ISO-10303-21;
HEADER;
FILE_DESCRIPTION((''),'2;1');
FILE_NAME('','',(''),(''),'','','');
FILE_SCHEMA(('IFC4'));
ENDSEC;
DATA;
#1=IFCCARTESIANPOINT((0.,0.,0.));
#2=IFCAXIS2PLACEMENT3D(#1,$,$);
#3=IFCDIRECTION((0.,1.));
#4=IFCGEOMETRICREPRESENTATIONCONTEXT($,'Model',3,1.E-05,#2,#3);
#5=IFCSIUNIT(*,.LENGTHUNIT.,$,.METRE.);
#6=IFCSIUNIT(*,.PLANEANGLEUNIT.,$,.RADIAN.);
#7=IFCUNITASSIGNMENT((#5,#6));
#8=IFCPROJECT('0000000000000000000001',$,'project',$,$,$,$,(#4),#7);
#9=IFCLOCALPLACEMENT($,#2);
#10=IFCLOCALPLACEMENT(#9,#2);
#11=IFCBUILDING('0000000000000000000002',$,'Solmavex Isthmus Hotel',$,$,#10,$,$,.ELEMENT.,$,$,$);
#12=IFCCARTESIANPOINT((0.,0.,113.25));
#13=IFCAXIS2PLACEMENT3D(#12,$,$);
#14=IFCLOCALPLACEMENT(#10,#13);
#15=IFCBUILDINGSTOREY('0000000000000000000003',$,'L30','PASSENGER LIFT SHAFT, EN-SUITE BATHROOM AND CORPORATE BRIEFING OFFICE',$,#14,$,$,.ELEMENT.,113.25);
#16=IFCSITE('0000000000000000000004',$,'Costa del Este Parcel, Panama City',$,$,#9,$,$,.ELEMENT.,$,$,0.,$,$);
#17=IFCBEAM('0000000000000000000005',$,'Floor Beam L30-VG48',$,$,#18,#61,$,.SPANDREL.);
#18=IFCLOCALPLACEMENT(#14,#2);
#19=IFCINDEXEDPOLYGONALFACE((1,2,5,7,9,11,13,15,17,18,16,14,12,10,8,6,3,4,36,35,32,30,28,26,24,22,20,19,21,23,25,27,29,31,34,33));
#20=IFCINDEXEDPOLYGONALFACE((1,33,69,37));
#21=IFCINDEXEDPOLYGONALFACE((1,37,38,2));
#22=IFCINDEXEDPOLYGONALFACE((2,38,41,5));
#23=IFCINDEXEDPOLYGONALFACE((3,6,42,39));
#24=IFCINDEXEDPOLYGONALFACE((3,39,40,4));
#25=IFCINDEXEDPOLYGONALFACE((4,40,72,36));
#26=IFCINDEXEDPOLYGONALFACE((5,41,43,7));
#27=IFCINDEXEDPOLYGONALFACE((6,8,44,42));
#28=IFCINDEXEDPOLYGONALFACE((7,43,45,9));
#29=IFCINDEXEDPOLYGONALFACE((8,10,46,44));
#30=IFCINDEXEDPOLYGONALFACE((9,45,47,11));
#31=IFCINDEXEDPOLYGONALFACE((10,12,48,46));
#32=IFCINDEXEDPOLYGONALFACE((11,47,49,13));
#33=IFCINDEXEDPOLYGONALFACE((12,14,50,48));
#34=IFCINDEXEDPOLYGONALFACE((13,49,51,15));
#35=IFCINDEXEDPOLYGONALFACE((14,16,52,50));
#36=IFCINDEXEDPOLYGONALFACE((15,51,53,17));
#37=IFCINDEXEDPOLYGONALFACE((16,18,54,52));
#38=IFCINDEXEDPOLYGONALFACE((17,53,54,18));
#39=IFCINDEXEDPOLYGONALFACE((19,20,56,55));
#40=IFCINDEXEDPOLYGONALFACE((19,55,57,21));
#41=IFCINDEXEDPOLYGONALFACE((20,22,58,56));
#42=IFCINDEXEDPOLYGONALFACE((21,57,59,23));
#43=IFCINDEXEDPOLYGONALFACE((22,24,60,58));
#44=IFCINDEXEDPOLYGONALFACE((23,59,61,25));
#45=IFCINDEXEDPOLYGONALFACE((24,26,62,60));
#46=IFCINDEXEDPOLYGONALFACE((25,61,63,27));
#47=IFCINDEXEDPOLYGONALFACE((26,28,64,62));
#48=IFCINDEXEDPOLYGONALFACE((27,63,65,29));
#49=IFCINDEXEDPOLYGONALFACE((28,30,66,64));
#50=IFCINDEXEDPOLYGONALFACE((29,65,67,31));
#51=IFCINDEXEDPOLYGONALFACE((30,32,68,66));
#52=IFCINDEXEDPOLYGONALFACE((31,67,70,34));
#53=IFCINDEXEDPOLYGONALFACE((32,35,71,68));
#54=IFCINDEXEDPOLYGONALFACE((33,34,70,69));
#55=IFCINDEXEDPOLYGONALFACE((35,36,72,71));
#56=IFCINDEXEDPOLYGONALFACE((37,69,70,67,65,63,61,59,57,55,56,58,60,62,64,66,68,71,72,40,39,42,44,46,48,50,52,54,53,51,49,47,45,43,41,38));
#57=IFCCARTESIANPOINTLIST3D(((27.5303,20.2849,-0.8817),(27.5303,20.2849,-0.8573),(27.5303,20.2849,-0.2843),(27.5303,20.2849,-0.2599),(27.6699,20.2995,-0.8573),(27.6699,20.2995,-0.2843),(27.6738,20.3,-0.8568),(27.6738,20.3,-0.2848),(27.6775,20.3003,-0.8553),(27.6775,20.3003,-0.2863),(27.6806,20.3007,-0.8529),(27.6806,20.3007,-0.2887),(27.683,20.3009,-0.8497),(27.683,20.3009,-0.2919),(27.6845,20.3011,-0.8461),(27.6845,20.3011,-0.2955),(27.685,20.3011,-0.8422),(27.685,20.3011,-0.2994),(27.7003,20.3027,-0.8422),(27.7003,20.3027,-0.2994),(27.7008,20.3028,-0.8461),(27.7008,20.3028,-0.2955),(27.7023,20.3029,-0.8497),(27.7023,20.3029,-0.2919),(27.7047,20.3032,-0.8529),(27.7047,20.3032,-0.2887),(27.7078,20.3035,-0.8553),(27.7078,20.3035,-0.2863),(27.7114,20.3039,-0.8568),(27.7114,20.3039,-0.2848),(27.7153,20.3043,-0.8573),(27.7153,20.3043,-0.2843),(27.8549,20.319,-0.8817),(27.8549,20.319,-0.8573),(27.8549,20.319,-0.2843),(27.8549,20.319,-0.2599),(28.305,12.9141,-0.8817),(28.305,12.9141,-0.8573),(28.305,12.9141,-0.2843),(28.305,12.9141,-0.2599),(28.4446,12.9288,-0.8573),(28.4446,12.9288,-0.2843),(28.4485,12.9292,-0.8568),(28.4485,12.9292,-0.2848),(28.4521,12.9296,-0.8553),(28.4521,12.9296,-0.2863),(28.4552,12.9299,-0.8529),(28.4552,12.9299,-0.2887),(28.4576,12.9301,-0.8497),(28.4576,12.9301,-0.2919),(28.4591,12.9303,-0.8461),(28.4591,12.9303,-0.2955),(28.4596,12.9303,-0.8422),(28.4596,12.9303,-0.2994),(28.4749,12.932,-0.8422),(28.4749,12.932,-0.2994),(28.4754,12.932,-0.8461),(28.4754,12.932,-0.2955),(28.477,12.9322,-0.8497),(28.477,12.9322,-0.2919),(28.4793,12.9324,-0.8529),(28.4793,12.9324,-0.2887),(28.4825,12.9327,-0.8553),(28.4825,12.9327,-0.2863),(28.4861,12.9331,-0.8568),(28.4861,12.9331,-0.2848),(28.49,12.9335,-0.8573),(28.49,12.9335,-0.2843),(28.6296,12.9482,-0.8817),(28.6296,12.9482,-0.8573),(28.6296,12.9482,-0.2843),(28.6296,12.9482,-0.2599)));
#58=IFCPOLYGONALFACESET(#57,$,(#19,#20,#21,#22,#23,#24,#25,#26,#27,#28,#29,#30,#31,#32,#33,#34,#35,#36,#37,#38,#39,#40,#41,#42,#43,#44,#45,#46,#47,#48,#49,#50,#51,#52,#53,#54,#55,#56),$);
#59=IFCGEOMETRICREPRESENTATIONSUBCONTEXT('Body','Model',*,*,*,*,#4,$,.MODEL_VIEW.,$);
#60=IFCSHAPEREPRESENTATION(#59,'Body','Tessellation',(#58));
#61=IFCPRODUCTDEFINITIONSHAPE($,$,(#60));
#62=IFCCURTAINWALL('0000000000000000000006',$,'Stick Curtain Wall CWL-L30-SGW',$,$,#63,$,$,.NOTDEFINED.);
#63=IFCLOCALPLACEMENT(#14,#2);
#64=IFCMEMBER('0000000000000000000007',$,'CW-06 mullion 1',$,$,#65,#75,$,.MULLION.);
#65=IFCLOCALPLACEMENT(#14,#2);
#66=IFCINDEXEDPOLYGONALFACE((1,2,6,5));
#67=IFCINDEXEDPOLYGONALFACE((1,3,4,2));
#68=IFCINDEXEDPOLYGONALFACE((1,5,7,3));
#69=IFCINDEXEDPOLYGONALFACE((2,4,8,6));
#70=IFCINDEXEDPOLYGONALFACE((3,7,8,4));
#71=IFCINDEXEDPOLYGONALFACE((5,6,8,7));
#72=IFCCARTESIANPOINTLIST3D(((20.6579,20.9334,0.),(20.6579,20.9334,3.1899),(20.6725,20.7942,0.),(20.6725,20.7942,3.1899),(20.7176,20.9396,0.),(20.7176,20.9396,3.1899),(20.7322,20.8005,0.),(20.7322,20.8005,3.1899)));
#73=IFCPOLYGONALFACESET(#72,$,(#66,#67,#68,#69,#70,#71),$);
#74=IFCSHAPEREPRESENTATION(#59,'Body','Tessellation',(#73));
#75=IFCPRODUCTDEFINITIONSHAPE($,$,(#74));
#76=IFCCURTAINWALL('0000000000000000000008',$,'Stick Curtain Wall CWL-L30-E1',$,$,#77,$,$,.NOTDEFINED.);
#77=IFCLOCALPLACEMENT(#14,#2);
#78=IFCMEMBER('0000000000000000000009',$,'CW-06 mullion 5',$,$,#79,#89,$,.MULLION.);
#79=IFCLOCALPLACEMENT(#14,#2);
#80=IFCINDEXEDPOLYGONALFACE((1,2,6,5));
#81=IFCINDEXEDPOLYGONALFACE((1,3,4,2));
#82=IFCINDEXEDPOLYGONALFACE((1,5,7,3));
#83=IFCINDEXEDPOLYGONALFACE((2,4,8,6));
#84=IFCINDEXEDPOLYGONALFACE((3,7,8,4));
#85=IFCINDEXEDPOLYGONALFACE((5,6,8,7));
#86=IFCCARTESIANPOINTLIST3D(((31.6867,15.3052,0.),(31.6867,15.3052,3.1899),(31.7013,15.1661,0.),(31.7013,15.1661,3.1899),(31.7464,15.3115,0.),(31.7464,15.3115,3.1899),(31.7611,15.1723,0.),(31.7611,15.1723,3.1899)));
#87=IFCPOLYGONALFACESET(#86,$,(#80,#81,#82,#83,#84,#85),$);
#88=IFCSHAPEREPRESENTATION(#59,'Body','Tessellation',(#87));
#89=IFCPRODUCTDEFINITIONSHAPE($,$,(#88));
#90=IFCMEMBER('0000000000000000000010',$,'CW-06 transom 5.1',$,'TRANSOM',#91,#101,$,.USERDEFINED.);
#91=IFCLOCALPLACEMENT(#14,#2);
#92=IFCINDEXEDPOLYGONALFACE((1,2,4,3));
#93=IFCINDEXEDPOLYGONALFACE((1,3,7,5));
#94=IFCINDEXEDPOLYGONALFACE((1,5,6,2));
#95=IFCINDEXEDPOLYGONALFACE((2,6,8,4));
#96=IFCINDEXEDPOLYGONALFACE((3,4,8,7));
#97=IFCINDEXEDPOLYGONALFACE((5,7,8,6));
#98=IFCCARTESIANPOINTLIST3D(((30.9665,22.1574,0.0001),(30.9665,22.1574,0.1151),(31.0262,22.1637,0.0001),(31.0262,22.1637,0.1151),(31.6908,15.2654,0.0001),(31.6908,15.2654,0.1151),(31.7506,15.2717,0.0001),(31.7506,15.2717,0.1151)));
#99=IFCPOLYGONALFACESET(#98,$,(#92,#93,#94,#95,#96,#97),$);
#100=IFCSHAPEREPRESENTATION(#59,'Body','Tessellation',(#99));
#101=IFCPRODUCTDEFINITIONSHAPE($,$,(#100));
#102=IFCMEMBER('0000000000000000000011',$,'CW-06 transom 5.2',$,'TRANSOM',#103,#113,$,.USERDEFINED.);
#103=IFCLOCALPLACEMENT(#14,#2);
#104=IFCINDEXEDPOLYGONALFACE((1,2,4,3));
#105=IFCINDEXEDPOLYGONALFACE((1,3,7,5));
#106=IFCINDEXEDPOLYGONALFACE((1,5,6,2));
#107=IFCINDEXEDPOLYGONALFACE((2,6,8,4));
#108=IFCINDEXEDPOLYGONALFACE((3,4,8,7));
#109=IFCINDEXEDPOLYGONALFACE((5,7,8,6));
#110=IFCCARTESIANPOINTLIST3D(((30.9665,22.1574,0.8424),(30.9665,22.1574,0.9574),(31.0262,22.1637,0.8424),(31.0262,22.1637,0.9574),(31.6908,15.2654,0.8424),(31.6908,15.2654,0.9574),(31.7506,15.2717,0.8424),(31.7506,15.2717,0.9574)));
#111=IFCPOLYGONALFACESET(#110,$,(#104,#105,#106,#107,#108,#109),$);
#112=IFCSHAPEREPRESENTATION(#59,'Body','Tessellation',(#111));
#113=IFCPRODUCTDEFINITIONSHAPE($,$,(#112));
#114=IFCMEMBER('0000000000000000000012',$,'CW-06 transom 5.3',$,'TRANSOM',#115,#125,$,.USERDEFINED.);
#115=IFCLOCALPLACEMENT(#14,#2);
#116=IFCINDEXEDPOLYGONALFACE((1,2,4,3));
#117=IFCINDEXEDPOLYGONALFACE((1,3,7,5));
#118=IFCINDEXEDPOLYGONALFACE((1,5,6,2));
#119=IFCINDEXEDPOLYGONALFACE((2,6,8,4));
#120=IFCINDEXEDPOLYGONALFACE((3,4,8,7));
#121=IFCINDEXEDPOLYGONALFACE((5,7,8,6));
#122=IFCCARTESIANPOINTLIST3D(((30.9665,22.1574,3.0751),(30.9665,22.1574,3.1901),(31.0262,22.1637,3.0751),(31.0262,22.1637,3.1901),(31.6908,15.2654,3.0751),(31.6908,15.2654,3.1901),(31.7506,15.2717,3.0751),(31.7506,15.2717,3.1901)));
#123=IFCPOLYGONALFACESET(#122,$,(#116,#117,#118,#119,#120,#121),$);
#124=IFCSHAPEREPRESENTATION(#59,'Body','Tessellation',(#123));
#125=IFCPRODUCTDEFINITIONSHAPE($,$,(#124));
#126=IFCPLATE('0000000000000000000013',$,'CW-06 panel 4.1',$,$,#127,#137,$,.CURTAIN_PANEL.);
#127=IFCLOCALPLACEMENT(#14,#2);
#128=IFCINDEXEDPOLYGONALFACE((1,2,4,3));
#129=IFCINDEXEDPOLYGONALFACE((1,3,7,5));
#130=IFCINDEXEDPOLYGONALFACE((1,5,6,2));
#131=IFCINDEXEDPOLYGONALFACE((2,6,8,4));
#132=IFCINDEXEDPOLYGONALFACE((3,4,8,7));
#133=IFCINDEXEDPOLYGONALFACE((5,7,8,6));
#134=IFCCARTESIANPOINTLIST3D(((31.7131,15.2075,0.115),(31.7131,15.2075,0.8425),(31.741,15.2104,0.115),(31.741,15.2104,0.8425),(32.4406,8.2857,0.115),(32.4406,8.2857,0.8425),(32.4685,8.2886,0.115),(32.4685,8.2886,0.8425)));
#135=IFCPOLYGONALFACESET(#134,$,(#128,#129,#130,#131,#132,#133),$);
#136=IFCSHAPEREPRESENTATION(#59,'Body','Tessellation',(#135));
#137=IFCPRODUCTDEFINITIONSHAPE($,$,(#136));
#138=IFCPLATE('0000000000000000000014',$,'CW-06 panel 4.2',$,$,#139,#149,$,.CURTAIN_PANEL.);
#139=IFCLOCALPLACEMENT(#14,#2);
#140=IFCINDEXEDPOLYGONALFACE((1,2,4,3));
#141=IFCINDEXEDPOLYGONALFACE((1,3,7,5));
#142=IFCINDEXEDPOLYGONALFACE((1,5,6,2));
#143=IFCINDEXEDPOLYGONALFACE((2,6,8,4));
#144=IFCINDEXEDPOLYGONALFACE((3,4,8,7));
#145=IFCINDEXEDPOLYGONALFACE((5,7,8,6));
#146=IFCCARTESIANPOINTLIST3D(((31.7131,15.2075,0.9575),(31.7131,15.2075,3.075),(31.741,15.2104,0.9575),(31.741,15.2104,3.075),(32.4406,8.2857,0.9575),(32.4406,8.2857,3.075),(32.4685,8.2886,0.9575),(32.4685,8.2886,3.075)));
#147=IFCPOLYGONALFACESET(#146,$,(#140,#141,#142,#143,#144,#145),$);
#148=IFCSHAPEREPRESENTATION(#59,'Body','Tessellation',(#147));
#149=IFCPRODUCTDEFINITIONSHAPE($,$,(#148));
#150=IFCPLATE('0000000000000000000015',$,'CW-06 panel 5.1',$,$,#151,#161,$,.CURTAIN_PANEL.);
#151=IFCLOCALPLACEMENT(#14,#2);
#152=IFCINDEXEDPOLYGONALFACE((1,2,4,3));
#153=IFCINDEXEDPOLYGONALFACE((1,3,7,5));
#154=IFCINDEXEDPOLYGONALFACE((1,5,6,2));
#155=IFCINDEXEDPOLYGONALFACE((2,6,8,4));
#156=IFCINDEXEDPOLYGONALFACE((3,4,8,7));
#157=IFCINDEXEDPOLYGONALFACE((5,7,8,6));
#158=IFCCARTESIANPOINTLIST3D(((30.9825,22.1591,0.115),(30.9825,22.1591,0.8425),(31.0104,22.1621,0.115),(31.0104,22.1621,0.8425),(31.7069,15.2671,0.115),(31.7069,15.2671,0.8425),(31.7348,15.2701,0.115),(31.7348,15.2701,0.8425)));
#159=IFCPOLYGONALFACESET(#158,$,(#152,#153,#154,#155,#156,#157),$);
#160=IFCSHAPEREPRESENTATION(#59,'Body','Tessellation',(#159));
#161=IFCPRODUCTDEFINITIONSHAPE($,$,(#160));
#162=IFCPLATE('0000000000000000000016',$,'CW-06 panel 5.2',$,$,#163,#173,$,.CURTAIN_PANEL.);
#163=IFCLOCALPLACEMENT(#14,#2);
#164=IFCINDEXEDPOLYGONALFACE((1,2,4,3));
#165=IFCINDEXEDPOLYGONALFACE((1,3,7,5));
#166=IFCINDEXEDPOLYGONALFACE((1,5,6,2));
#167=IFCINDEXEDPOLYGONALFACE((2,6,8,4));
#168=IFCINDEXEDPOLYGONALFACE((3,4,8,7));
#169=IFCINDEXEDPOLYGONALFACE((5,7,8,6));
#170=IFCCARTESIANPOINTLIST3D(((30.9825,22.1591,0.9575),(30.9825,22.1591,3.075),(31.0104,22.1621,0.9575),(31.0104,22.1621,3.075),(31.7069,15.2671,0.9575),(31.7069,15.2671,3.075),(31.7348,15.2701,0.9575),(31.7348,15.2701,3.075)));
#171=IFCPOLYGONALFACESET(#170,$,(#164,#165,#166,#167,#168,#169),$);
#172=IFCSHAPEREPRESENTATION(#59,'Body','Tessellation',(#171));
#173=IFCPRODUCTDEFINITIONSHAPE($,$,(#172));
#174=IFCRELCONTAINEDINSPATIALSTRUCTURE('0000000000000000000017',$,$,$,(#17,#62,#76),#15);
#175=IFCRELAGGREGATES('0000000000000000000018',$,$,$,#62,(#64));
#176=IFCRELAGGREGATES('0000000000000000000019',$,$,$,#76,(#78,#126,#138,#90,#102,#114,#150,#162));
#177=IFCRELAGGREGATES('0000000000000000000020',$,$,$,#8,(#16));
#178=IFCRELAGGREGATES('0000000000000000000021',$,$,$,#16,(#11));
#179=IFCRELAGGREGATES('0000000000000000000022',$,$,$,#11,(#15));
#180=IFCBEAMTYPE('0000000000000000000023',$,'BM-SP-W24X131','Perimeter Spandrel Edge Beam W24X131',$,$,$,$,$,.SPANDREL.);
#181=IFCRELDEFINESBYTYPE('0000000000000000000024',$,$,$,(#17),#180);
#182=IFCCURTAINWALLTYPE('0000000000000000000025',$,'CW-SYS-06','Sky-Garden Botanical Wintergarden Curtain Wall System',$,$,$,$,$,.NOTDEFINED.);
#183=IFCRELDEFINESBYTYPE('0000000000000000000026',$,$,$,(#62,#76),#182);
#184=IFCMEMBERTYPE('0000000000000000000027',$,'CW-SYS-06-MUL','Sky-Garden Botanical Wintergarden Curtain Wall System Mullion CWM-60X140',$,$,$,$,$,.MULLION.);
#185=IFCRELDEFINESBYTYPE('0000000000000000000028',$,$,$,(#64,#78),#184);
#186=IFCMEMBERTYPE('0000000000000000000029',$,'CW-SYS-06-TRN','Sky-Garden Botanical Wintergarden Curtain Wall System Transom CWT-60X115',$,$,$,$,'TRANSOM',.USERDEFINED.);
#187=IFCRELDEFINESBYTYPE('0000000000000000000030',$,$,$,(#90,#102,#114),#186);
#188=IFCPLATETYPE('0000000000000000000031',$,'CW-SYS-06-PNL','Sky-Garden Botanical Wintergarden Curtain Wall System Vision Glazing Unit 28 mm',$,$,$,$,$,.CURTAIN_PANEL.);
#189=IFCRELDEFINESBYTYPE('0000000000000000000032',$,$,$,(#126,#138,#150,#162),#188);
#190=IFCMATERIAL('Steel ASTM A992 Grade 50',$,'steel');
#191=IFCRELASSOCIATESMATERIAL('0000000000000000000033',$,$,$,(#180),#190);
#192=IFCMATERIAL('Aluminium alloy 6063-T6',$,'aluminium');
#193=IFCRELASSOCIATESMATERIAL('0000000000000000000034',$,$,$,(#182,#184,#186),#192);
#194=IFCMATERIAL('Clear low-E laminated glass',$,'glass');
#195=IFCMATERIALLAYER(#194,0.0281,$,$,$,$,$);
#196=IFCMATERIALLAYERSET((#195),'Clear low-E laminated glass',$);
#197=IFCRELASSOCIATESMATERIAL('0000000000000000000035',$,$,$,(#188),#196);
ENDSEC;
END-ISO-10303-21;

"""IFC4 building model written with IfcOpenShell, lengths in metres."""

from ifc_helpers import new_model, si_unit, direction, frame, origin, origin_2d, place, context, subcontext, project, spatial, rectangle, i_section, extrude, material, layer, layer_set, material_profile, profile_set, type_object, element, aggregate, save


model = new_model("IFC4")

# Units and contexts
model_context = context("Model", 3, precision=1e-05, world=origin(), true_north=direction((0.0, 1.0)))
body_context = subcontext(model_context, "Body", "Model", "MODEL_VIEW")
ifc_project = project(units=[si_unit("LENGTHUNIT", "METRE"), si_unit("PLANEANGLEUNIT", "RADIAN")], contexts=[model_context])

# Site, building, storey
site_placement = place(None, origin())
site = spatial("IfcSite", under=ifc_project, at=site_placement, Name="Costa del Este Parcel, Panama City", CompositionType="ELEMENT", RefElevation=0.0)
building_placement = place(site_placement, origin())
building = spatial("IfcBuilding", under=site, at=building_placement, Name="Solmavex Isthmus Hotel", CompositionType="ELEMENT")
storey_placement = place(building_placement, frame((0.0, 0.0, 113.25)))
storey = spatial("IfcBuildingStorey", under=building, at=storey_placement, Name="L30", Description="PASSENGER LIFT SHAFT, EN-SUITE BATHROOM AND CORPORATE BRIEFING OFFICE", CompositionType="ELEMENT", Elevation=113.25)

# Beam
ifc_material_1 = material(Name="Steel ASTM A992 Grade 50", Category="steel")
ifc_material_profile_1 = material_profile(ifc_material_1, i_section(OverallWidth=0.3264, OverallDepth=0.6218, WebThickness=0.0154, FlangeThickness=0.0244, FilletRadius=0.0151, at=origin_2d()), Name="W24X131")
ifc_profile_set_1 = profile_set([ifc_material_profile_1], Name="Steel ASTM A992 Grade 50")
beam_type_1 = type_object("IfcBeamType", Name="BM-SP-W24X131", Description="Perimeter Spandrel Edge Beam W24X131", PredefinedType="SPANDREL", material=ifc_profile_set_1)
beam_1_placement = place(storey_placement, frame((28.4673, 12.9312, -0.5708), z_axis=(-0.104522, 0.994523, 0.0), x_axis=(-0.994523, -0.104522, 0.0)))
element("IfcBeam", 1, at=beam_1_placement, inside=storey, type_object=beam_type_1, Name="Floor Beam L30-VG48", PredefinedType="SPANDREL", context=body_context, shape_type="SweptSolid", body=[
    extrude(i_section(OverallWidth=0.3264, OverallDepth=0.6218, WebThickness=0.0154, FlangeThickness=0.0244, FilletRadius=0.0151, at=origin_2d()), origin(), (0.0, 0.0, 1.0), 7.4114),
])

# Curtain wall, member
ifc_material_2 = material(Name="Aluminium alloy 6063-T6", Category="aluminium")
curtain_wall_type = type_object("IfcCurtainWallType", Name="CW-SYS-06", Description="Sky-Garden Botanical Wintergarden Curtain Wall System", PredefinedType="NOTDEFINED", material=ifc_material_2)
curtain_wall_1_placement = place(storey_placement, origin())
curtain_wall_1 = element("IfcCurtainWall", 2, at=curtain_wall_1_placement, inside=storey, type_object=curtain_wall_type, Name="Stick Curtain Wall CWL-L30-SGW", PredefinedType="NOTDEFINED")
ifc_material_profile_2 = material_profile(ifc_material_2, rectangle(XDim=0.0601, YDim=0.1399, at=origin_2d()), Name="CWM-60X140")
ifc_profile_set_2 = profile_set([ifc_material_profile_2], Name="Aluminium alloy 6063-T6")
member_type_1 = type_object("IfcMemberType", Name="CW-SYS-06-MUL", Description="Sky-Garden Botanical Wintergarden Curtain Wall System Mullion CWM-60X140", PredefinedType="MULLION", material=ifc_profile_set_2)
member_1_placement = place(storey_placement, frame((20.6951, 20.8669, 0.0), z_axis=(0.0, 0.0, 1.0), x_axis=(-0.994522, -0.104528, 0.0)))
member_1 = element("IfcMember", 3, at=member_1_placement, type_object=member_type_1, Name="CW-06 mullion 1", PredefinedType="MULLION", context=body_context, shape_type="SweptSolid", body=[
    extrude(rectangle(XDim=0.0601, YDim=0.1399, at=origin_2d()), origin(), (0.0, 0.0, 1.0), 3.1899),
])
aggregate(curtain_wall_1, [member_1])

# Curtain wall, members, plates
curtain_wall_2_placement = place(storey_placement, origin())
curtain_wall_2 = element("IfcCurtainWall", 4, at=curtain_wall_2_placement, inside=storey, type_object=curtain_wall_type, Name="Stick Curtain Wall CWL-L30-E1", PredefinedType="NOTDEFINED")
member_2_placement = place(storey_placement, frame((31.7239, 15.2388, 0.0), z_axis=(0.0, 0.0, 1.0), x_axis=(-0.994522, -0.104528, 0.0)))
member_2 = element("IfcMember", 5, at=member_2_placement, type_object=member_type_1, Name="CW-06 mullion 5", PredefinedType="MULLION", context=body_context, shape_type="SweptSolid", body=[
    extrude(rectangle(XDim=0.0601, YDim=0.1399, at=origin_2d()), origin(), (0.0, 0.0, 1.0), 3.1899),
])
ifc_material_profile_3 = material_profile(ifc_material_2, rectangle(XDim=0.0601, YDim=0.115, at=origin_2d()), Name="CWT-60X115")
ifc_profile_set_3 = profile_set([ifc_material_profile_3], Name="Aluminium alloy 6063-T6")
member_type_2 = type_object("IfcMemberType", Name="CW-SYS-06-TRN", Description="Sky-Garden Botanical Wintergarden Curtain Wall System Transom CWT-60X115", ElementType="TRANSOM", PredefinedType="USERDEFINED", material=ifc_profile_set_3)
member_3_placement = place(storey_placement, frame((31.7207, 15.2686, 0.0576), z_axis=(-0.104525, 0.994522, 0.0), x_axis=(-0.994522, -0.104525, 0.0)))
member_3 = element("IfcMember", 6, at=member_3_placement, type_object=member_type_2, Name="CW-06 transom 5.1", ObjectType="TRANSOM", PredefinedType="USERDEFINED", context=body_context, shape_type="SweptSolid", body=[
    extrude(rectangle(XDim=0.0601, YDim=0.115, at=origin_2d()), origin(), (0.0, 0.0, 1.0), 6.9299),
])
member_4_placement = place(storey_placement, frame((31.7207, 15.2686, 0.8999), z_axis=(-0.104525, 0.994522, 0.0), x_axis=(-0.994522, -0.104525, 0.0)))
member_4 = element("IfcMember", 7, at=member_4_placement, type_object=member_type_2, Name="CW-06 transom 5.2", ObjectType="TRANSOM", PredefinedType="USERDEFINED", context=body_context, shape_type="SweptSolid", body=[
    extrude(rectangle(XDim=0.0601, YDim=0.115, at=origin_2d()), origin(), (0.0, 0.0, 1.0), 6.9299),
])
member_5_placement = place(storey_placement, frame((31.7207, 15.2686, 3.1326), z_axis=(-0.104525, 0.994522, 0.0), x_axis=(-0.994522, -0.104525, 0.0)))
member_5 = element("IfcMember", 8, at=member_5_placement, type_object=member_type_2, Name="CW-06 transom 5.3", ObjectType="TRANSOM", PredefinedType="USERDEFINED", context=body_context, shape_type="SweptSolid", body=[
    extrude(rectangle(XDim=0.0601, YDim=0.115, at=origin_2d()), origin(), (0.0, 0.0, 1.0), 6.9299),
])
ifc_material_3 = material(Name="Clear low-E laminated glass", Category="glass")
ifc_layer_1 = layer(ifc_material_3, 0.0281)
ifc_layer_set_1 = layer_set([ifc_layer_1], Name="Clear low-E laminated glass")
plate_type = type_object("IfcPlateType", Name="CW-SYS-06-PNL", Description="Sky-Garden Botanical Wintergarden Curtain Wall System Vision Glazing Unit 28 mm", PredefinedType="CURTAIN_PANEL", material=ifc_layer_set_1)
plate_1_placement = place(storey_placement, frame((32.0908, 11.748, 0.115), z_axis=(0.0, 0.0, 1.0), x_axis=(-0.104528, 0.994522, 0.0)))
plate_1 = element("IfcPlate", 9, at=plate_1_placement, type_object=plate_type, Name="CW-06 panel 4.1", PredefinedType="CURTAIN_PANEL", context=body_context, shape_type="SweptSolid", body=[
    extrude(rectangle(XDim=6.96, YDim=0.0281, at=origin_2d()), origin(), (0.0, 0.0, 1.0), 0.7275),
])
plate_2_placement = place(storey_placement, frame((32.0908, 11.748, 0.9575), z_axis=(0.0, 0.0, 1.0), x_axis=(-0.104528, 0.994522, 0.0)))
plate_2 = element("IfcPlate", 10, at=plate_2_placement, type_object=plate_type, Name="CW-06 panel 4.2", PredefinedType="CURTAIN_PANEL", context=body_context, shape_type="SweptSolid", body=[
    extrude(rectangle(XDim=6.96, YDim=0.0281, at=origin_2d()), origin(), (0.0, 0.0, 1.0), 2.1174),
])
plate_3_placement = place(storey_placement, frame((31.3586, 18.7146, 0.115), z_axis=(0.0, 0.0, 1.0), x_axis=(-0.104528, 0.994522, 0.0)))
plate_3 = element("IfcPlate", 11, at=plate_3_placement, type_object=plate_type, Name="CW-06 panel 5.1", PredefinedType="CURTAIN_PANEL", context=body_context, shape_type="SweptSolid", body=[
    extrude(rectangle(XDim=6.9299, YDim=0.0281, at=origin_2d()), origin(), (0.0, 0.0, 1.0), 0.7275),
])
plate_4_placement = place(storey_placement, frame((31.3586, 18.7146, 0.9575), z_axis=(0.0, 0.0, 1.0), x_axis=(-0.104528, 0.994522, 0.0)))
plate_4 = element("IfcPlate", 12, at=plate_4_placement, type_object=plate_type, Name="CW-06 panel 5.2", PredefinedType="CURTAIN_PANEL", context=body_context, shape_type="SweptSolid", body=[
    extrude(rectangle(XDim=6.9299, YDim=0.0281, at=origin_2d()), origin(), (0.0, 0.0, 1.0), 2.1174),
])
aggregate(curtain_wall_2, [member_2, plate_1, plate_2, member_3, member_4, member_5, plate_3, plate_4])

save(model, "model.ifc")
